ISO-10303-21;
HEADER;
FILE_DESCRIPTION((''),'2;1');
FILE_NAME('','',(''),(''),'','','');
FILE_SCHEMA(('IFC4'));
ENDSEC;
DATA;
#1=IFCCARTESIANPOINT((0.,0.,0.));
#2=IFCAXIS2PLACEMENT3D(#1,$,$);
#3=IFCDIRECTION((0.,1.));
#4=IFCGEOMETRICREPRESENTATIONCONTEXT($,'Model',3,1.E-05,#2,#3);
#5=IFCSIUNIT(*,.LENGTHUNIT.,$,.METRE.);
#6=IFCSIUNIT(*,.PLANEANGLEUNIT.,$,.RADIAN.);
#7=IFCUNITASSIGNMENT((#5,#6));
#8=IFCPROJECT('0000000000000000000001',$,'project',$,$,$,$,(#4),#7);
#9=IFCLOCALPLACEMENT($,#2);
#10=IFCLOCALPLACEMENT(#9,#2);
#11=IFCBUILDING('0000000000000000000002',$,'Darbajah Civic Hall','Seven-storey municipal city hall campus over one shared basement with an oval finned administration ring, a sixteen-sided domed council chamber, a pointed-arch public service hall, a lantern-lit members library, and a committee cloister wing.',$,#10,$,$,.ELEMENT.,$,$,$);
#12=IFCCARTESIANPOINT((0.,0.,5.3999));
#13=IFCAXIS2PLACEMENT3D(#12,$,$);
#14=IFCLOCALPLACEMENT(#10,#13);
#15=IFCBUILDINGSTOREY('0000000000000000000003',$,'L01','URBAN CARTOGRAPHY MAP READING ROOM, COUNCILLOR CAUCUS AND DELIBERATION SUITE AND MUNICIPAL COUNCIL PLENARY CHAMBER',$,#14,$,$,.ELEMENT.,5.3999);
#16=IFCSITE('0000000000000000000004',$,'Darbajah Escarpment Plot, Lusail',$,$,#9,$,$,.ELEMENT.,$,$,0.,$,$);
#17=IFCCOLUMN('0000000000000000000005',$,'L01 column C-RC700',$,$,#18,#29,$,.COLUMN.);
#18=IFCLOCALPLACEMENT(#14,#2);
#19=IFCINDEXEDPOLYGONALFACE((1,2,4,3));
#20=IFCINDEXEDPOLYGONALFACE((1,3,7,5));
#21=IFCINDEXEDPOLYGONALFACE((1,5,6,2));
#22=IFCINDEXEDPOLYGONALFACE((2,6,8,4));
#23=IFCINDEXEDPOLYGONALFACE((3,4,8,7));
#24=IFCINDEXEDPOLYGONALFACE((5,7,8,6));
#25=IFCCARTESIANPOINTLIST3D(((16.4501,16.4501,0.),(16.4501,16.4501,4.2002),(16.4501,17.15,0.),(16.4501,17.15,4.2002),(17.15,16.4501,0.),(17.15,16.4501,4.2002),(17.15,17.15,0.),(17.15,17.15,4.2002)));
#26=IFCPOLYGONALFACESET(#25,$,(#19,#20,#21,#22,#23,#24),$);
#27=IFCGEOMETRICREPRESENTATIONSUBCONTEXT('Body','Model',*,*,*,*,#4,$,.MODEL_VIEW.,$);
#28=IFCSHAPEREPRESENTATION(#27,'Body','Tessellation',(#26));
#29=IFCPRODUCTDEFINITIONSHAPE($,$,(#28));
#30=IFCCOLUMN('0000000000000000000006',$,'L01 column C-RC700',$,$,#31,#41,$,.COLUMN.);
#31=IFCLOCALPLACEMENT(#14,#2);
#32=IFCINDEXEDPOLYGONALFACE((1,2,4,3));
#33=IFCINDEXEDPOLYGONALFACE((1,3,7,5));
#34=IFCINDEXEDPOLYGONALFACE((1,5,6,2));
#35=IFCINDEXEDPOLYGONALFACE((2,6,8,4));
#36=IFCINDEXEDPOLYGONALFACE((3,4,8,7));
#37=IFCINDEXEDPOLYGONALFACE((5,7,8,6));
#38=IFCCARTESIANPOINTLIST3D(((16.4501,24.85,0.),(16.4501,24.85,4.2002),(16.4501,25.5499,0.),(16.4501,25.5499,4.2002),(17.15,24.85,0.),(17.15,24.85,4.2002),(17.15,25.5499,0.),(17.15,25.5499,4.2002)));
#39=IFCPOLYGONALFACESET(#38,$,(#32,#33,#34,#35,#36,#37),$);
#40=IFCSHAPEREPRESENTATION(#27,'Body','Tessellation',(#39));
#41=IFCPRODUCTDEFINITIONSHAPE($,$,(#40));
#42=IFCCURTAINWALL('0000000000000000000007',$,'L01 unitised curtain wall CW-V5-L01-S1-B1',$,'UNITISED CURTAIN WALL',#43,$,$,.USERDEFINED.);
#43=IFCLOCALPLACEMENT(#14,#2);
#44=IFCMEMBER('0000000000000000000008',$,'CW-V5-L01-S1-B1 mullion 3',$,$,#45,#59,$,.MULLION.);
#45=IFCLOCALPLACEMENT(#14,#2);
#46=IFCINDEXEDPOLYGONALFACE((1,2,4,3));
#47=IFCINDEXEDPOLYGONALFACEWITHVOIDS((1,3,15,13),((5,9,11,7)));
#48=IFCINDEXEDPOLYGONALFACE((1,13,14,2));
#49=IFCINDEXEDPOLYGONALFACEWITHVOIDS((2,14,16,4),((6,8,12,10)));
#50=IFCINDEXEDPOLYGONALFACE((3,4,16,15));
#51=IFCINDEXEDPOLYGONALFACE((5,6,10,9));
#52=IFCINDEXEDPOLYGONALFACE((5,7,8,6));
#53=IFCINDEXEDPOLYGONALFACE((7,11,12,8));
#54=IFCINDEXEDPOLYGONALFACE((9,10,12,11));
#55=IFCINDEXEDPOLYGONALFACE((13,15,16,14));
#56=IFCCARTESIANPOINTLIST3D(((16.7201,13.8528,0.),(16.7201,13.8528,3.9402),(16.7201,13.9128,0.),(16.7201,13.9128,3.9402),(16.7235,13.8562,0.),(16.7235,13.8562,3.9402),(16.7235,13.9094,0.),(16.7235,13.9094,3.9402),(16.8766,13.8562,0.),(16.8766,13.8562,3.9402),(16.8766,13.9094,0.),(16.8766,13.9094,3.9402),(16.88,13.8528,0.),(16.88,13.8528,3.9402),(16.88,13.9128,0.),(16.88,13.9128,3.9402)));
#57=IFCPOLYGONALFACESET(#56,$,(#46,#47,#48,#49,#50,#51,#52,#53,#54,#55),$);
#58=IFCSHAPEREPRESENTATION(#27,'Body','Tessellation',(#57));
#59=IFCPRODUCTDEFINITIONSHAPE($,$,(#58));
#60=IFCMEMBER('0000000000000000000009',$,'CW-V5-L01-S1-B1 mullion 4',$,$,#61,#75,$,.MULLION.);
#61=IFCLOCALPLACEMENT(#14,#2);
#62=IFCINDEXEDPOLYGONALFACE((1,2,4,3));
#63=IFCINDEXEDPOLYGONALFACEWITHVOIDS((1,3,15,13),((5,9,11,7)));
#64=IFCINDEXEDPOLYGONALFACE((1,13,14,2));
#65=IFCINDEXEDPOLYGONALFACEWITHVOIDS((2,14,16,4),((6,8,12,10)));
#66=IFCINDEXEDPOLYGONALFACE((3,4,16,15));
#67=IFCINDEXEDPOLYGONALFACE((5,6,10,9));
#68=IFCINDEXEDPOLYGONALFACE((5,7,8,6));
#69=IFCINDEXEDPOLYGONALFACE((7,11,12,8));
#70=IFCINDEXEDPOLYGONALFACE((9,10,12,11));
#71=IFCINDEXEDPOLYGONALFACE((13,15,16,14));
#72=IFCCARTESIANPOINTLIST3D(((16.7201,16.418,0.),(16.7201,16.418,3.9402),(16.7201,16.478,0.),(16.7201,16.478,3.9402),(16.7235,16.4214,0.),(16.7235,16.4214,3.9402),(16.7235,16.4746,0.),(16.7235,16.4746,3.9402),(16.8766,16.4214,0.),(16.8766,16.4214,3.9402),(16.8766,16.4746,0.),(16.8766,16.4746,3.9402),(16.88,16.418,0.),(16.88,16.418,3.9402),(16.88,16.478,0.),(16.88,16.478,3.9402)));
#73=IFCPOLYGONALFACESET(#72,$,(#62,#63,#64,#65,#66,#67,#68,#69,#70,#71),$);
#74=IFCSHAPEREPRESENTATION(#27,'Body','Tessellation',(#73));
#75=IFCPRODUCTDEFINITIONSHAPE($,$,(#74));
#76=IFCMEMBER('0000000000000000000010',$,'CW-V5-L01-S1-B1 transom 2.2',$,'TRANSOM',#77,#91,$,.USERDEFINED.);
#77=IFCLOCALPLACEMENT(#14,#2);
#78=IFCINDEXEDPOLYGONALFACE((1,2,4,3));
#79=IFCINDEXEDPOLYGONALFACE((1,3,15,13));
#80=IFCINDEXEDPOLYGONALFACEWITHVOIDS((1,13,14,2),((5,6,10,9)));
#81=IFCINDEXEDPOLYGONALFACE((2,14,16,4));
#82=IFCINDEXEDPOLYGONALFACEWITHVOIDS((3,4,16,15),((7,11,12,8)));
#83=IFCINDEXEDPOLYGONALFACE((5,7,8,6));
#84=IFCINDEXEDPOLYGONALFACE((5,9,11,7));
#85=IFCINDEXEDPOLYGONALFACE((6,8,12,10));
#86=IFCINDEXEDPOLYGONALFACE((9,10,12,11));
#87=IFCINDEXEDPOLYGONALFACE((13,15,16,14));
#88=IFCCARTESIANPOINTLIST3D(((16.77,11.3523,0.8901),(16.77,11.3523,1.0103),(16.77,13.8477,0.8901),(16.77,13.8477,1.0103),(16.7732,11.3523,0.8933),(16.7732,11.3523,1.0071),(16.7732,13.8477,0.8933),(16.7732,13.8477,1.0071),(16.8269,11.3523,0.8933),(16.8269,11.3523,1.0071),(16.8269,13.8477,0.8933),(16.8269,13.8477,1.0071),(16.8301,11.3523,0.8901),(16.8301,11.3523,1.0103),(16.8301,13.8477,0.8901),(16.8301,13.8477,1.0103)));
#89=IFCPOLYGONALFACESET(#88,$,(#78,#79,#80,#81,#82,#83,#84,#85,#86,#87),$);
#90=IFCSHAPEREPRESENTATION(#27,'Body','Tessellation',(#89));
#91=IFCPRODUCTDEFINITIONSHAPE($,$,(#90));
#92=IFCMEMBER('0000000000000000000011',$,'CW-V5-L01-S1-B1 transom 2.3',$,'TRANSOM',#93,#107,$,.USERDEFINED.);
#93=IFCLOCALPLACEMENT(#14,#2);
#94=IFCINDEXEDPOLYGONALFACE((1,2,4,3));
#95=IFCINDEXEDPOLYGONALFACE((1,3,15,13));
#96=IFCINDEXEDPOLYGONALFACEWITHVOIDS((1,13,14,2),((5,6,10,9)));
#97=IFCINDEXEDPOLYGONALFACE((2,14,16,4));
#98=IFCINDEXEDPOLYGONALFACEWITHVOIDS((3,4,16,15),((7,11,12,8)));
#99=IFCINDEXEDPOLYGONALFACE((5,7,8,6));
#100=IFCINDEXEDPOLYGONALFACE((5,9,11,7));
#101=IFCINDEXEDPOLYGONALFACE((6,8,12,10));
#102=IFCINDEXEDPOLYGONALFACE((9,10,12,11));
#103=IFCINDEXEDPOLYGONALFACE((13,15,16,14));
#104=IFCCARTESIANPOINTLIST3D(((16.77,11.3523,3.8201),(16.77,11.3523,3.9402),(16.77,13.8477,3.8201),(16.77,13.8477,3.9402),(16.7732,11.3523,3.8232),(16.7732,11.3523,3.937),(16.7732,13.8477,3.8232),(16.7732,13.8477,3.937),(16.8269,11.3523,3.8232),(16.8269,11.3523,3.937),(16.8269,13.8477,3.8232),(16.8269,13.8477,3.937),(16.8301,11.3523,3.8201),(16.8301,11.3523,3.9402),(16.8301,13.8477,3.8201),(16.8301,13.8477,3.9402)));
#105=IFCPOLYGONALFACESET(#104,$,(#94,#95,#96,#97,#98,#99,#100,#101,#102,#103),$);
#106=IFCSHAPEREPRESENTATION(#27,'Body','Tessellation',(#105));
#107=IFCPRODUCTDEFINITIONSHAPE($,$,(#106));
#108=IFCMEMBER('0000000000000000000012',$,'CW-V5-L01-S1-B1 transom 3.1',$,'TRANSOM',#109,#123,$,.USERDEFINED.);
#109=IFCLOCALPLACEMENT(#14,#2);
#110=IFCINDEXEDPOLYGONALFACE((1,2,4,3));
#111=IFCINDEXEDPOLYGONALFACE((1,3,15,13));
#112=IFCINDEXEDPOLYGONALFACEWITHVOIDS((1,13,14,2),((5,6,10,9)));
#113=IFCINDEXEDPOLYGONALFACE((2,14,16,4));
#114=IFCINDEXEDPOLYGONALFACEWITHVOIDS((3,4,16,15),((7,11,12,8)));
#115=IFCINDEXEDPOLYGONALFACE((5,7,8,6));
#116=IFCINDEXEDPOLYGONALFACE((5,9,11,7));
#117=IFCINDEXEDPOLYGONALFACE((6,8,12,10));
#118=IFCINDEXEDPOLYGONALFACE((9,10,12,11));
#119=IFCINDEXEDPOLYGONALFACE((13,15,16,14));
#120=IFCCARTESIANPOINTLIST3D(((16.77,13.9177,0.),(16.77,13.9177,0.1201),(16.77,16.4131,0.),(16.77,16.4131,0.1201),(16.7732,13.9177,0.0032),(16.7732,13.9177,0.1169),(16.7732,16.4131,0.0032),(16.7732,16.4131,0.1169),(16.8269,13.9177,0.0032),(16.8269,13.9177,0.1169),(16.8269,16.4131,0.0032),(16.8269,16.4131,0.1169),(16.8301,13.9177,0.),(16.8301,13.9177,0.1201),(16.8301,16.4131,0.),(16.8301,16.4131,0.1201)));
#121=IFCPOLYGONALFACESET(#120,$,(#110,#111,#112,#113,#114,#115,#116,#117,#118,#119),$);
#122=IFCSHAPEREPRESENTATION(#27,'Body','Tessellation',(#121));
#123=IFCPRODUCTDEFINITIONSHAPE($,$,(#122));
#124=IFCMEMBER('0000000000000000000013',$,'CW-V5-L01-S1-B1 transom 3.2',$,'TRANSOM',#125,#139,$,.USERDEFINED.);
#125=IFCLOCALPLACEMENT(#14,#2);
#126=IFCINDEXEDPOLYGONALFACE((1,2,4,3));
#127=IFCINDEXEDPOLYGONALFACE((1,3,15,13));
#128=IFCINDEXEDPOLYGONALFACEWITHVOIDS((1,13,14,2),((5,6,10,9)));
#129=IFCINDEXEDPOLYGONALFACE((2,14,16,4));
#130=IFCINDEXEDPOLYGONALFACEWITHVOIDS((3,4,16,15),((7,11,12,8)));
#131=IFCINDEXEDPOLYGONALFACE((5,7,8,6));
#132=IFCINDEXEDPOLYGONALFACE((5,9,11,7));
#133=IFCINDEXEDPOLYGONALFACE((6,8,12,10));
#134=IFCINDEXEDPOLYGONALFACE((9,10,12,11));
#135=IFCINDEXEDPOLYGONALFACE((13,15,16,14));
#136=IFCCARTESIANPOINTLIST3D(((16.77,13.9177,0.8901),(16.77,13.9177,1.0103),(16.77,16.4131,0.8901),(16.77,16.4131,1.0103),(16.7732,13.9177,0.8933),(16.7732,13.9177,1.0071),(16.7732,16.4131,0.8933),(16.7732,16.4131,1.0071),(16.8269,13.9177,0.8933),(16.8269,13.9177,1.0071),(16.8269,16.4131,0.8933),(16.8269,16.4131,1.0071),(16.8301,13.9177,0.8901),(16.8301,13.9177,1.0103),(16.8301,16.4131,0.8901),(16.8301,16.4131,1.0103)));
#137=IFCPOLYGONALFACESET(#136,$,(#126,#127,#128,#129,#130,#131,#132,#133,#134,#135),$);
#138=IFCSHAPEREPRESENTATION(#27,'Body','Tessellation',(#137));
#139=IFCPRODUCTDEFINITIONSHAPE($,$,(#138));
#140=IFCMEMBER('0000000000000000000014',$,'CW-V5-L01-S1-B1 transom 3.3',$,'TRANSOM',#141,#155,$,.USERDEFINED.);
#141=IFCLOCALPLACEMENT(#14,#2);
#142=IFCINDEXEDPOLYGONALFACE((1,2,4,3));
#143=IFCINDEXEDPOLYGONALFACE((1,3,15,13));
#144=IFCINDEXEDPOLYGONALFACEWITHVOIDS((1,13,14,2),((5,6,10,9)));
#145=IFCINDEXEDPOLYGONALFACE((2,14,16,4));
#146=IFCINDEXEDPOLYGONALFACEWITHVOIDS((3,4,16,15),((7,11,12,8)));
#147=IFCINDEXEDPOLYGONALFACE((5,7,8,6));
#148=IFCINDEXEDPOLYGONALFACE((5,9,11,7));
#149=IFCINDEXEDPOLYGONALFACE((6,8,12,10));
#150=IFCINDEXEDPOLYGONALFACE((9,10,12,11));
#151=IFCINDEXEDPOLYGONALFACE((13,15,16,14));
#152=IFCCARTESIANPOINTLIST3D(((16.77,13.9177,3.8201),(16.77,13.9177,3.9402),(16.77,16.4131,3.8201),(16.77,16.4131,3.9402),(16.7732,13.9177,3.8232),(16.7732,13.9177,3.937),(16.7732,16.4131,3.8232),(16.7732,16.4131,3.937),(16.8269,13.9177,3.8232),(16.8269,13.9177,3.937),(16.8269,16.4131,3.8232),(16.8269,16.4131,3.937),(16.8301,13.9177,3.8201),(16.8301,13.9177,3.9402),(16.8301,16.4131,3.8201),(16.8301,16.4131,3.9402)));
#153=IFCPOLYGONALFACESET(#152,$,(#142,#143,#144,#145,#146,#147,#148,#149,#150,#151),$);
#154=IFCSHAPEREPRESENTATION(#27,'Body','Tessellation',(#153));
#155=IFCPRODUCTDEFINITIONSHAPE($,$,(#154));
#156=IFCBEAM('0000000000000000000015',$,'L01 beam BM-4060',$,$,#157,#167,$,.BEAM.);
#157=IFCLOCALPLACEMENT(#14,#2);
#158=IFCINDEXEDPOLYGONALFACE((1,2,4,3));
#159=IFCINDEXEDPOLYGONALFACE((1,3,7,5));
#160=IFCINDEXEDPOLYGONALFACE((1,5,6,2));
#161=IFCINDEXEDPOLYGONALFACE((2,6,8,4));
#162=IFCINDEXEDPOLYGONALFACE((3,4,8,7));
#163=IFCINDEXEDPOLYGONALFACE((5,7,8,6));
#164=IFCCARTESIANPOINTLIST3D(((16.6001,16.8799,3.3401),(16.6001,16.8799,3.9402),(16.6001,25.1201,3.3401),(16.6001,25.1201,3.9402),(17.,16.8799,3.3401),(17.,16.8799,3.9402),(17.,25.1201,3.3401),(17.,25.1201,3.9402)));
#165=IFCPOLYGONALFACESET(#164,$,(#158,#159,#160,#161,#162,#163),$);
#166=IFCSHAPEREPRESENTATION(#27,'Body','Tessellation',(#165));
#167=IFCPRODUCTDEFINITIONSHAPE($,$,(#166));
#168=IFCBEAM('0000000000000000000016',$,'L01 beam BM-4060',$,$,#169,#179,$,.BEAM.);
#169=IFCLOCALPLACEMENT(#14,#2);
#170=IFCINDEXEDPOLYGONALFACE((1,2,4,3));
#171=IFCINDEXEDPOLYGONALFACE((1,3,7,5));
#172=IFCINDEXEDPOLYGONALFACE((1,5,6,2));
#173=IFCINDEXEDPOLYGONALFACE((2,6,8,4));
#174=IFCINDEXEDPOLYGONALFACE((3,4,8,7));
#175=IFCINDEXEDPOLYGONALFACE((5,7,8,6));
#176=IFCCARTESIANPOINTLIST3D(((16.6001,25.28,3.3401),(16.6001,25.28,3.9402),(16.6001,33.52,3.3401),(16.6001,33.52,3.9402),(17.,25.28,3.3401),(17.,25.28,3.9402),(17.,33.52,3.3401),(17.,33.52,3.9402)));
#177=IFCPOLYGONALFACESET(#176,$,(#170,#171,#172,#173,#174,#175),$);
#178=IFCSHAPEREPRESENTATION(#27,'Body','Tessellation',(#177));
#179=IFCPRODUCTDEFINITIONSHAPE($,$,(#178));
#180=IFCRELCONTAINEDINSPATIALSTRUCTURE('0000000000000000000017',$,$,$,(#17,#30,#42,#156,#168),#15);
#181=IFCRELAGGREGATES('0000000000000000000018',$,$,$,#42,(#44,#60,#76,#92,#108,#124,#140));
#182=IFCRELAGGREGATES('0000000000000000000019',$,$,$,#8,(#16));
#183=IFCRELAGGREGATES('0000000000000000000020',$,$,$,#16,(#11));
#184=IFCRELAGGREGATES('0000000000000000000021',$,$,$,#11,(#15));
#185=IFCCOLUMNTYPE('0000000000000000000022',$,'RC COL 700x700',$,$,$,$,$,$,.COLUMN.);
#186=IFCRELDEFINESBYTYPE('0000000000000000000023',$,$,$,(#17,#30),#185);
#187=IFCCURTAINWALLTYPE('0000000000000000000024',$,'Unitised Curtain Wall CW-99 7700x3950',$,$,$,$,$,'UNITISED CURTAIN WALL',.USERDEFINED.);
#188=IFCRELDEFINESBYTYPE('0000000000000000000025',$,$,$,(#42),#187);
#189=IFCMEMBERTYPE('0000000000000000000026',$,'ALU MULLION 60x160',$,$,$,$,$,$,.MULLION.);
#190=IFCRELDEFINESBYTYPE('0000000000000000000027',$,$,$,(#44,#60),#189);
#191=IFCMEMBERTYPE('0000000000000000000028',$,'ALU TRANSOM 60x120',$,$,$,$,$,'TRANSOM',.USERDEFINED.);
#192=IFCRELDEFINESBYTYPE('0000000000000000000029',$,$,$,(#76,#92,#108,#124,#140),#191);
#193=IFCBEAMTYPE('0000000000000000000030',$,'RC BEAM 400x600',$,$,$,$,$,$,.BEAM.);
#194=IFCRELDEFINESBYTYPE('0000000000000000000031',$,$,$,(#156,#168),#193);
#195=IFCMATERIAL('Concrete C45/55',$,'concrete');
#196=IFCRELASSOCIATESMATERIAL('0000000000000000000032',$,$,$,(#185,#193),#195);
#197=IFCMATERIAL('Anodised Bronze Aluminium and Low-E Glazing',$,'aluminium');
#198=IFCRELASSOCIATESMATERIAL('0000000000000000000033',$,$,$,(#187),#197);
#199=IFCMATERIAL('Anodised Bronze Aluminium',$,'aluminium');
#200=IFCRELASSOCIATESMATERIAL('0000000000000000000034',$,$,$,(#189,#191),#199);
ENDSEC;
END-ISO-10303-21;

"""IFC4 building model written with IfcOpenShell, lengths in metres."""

from ifc_helpers import new_model, si_unit, direction, frame, origin, origin_2d, place, context, subcontext, project, spatial, rectangle, hollow_rectangle, extrude, material, material_profile, profile_set, type_object, element, aggregate, save


model = new_model("IFC4")

# Units and contexts
model_context = context("Model", 3, precision=1e-05, world=origin(), true_north=direction((0.0, 1.0)))
body_context = subcontext(model_context, "Body", "Model", "MODEL_VIEW")
ifc_project = project(units=[si_unit("LENGTHUNIT", "METRE"), si_unit("PLANEANGLEUNIT", "RADIAN")], contexts=[model_context])

# Site, building, storey
site_placement = place(None, origin())
site = spatial("IfcSite", under=ifc_project, at=site_placement, Name="Darbajah Escarpment Plot, Lusail", CompositionType="ELEMENT", RefElevation=0.0)
building_placement = place(site_placement, origin())
building = spatial("IfcBuilding", under=site, at=building_placement, Name="Darbajah Civic Hall", Description="Seven-storey municipal city hall campus over one shared basement with an oval finned administration ring, a sixteen-sided domed council chamber, a pointed-arch public service hall, a lantern-lit members library, and a committee cloister wing.", CompositionType="ELEMENT")
storey_placement = place(building_placement, frame((0.0, 0.0, 5.3999)))
storey = spatial("IfcBuildingStorey", under=building, at=storey_placement, Name="L01", Description="URBAN CARTOGRAPHY MAP READING ROOM, COUNCILLOR CAUCUS AND DELIBERATION SUITE AND MUNICIPAL COUNCIL PLENARY CHAMBER", CompositionType="ELEMENT", Elevation=5.3999)

# Columns
ifc_material_1 = material(Name="Concrete C45/55", Category="concrete")
ifc_material_profile_1 = material_profile(ifc_material_1, rectangle(XDim=0.7, YDim=0.7, at=origin_2d()), Name="RC COL 700x700")
ifc_profile_set_1 = profile_set([ifc_material_profile_1], Name="Concrete C45/55")
column_type = type_object("IfcColumnType", Name="RC COL 700x700", PredefinedType="COLUMN", material=ifc_profile_set_1)
for number, where, z_axis, x_axis, name in (
    (1, (16.8, 16.8, 0.0), (0.0, 0.0, 1.0), (1.0, 0.0, 0.0), "L01 column C-RC700"),
    (2, (16.8, 25.2, 0.0), (0.0, 0.0, 1.0), (1.0, 0.0, 0.0), "L01 column C-RC700"),
):
    element("IfcColumn", number, at=place(storey_placement, frame(where, z_axis=z_axis, x_axis=x_axis)), inside=storey, type_object=column_type, Name=name, PredefinedType="COLUMN", context=body_context, shape_type="SweptSolid", body=[
        extrude(rectangle(XDim=0.7, YDim=0.7, at=origin_2d()), origin(), (0.0, 0.0, 1.0), 4.2002),
    ])

# Curtain wall, members
ifc_material_2 = material(Name="Anodised Bronze Aluminium and Low-E Glazing", Category="aluminium")
curtain_wall_type = type_object("IfcCurtainWallType", Name="Unitised Curtain Wall CW-99 7700x3950", ElementType="UNITISED CURTAIN WALL", PredefinedType="USERDEFINED", material=ifc_material_2)
curtain_wall_placement = place(storey_placement, origin())
curtain_wall = element("IfcCurtainWall", 3, at=curtain_wall_placement, inside=storey, type_object=curtain_wall_type, Name="L01 unitised curtain wall CW-V5-L01-S1-B1", ObjectType="UNITISED CURTAIN WALL", PredefinedType="USERDEFINED")
ifc_material_3 = material(Name="Anodised Bronze Aluminium", Category="aluminium")
ifc_material_profile_2 = material_profile(ifc_material_3, hollow_rectangle(XDim=0.0601, YDim=0.1599, WallThickness=0.0034, at=origin_2d()), Name="ALU MULLION 60x160")
ifc_profile_set_2 = profile_set([ifc_material_profile_2], Name="Anodised Bronze Aluminium")
member_type_1 = type_object("IfcMemberType", Name="ALU MULLION 60x160", PredefinedType="MULLION", material=ifc_profile_set_2)
member_1_placement = place(storey_placement, frame((16.8, 13.8828, 0.0), z_axis=(0.0, 0.0, 1.0), x_axis=(0.0, 1.0, 0.0)))
member_1 = element("IfcMember", 4, at=member_1_placement, type_object=member_type_1, Name="CW-V5-L01-S1-B1 mullion 3", PredefinedType="MULLION", context=body_context, shape_type="SweptSolid", body=[
    extrude(hollow_rectangle(XDim=0.0601, YDim=0.1599, WallThickness=0.0034, at=origin_2d()), origin(), (0.0, 0.0, 1.0), 3.9402),
])
member_2_placement = place(storey_placement, frame((16.8, 16.448, 0.0), z_axis=(0.0, 0.0, 1.0), x_axis=(0.0, 1.0, 0.0)))
member_2 = element("IfcMember", 5, at=member_2_placement, type_object=member_type_1, Name="CW-V5-L01-S1-B1 mullion 4", PredefinedType="MULLION", context=body_context, shape_type="SweptSolid", body=[
    extrude(hollow_rectangle(XDim=0.0601, YDim=0.1599, WallThickness=0.0034, at=origin_2d()), origin(), (0.0, 0.0, 1.0), 3.9402),
])
ifc_material_profile_3 = material_profile(ifc_material_3, hollow_rectangle(XDim=0.0601, YDim=0.1201, WallThickness=0.0032, at=origin_2d()), Name="ALU TRANSOM 60x120")
ifc_profile_set_3 = profile_set([ifc_material_profile_3], Name="Anodised Bronze Aluminium")
member_type_2 = type_object("IfcMemberType", Name="ALU TRANSOM 60x120", ElementType="TRANSOM", PredefinedType="USERDEFINED", material=ifc_profile_set_3)
member_3_placement = place(storey_placement, frame((16.8, 11.3523, 0.9502), z_axis=(0.0, 1.0, 0.0), x_axis=(-1.0, 0.0, 0.0)))
member_3 = element("IfcMember", 6, at=member_3_placement, type_object=member_type_2, Name="CW-V5-L01-S1-B1 transom 2.2", ObjectType="TRANSOM", PredefinedType="USERDEFINED", context=body_context, shape_type="SweptSolid", body=[
    extrude(hollow_rectangle(XDim=0.0601, YDim=0.1201, WallThickness=0.0032, at=origin_2d()), origin(), (0.0, 0.0, 1.0), 2.4954),
])
member_4_placement = place(storey_placement, frame((16.8, 11.3523, 3.8801), z_axis=(0.0, 1.0, 0.0), x_axis=(-1.0, 0.0, 0.0)))
member_4 = element("IfcMember", 7, at=member_4_placement, type_object=member_type_2, Name="CW-V5-L01-S1-B1 transom 2.3", ObjectType="TRANSOM", PredefinedType="USERDEFINED", context=body_context, shape_type="SweptSolid", body=[
    extrude(hollow_rectangle(XDim=0.0601, YDim=0.1201, WallThickness=0.0032, at=origin_2d()), origin(), (0.0, 0.0, 1.0), 2.4954),
])
member_5_placement = place(storey_placement, frame((16.8, 13.9177, 0.0601), z_axis=(0.0, 1.0, 0.0), x_axis=(-1.0, 0.0, 0.0)))
member_5 = element("IfcMember", 8, at=member_5_placement, type_object=member_type_2, Name="CW-V5-L01-S1-B1 transom 3.1", ObjectType="TRANSOM", PredefinedType="USERDEFINED", context=body_context, shape_type="SweptSolid", body=[
    extrude(hollow_rectangle(XDim=0.0601, YDim=0.1201, WallThickness=0.0032, at=origin_2d()), origin(), (0.0, 0.0, 1.0), 2.4954),
])
member_6_placement = place(storey_placement, frame((16.8, 13.9177, 0.9502), z_axis=(0.0, 1.0, 0.0), x_axis=(-1.0, 0.0, 0.0)))
member_6 = element("IfcMember", 9, at=member_6_placement, type_object=member_type_2, Name="CW-V5-L01-S1-B1 transom 3.2", ObjectType="TRANSOM", PredefinedType="USERDEFINED", context=body_context, shape_type="SweptSolid", body=[
    extrude(hollow_rectangle(XDim=0.0601, YDim=0.1201, WallThickness=0.0032, at=origin_2d()), origin(), (0.0, 0.0, 1.0), 2.4954),
])
member_7_placement = place(storey_placement, frame((16.8, 13.9177, 3.8801), z_axis=(0.0, 1.0, 0.0), x_axis=(-1.0, 0.0, 0.0)))
member_7 = element("IfcMember", 10, at=member_7_placement, type_object=member_type_2, Name="CW-V5-L01-S1-B1 transom 3.3", ObjectType="TRANSOM", PredefinedType="USERDEFINED", context=body_context, shape_type="SweptSolid", body=[
    extrude(hollow_rectangle(XDim=0.0601, YDim=0.1201, WallThickness=0.0032, at=origin_2d()), origin(), (0.0, 0.0, 1.0), 2.4954),
])

# Beams
ifc_material_profile_4 = material_profile(ifc_material_1, rectangle(XDim=0.3999, YDim=0.6001, at=origin_2d()), Name="RC BEAM 400x600")
ifc_profile_set_4 = profile_set([ifc_material_profile_4], Name="Concrete C45/55")
beam_type_1 = type_object("IfcBeamType", Name="RC BEAM 400x600", PredefinedType="BEAM", material=ifc_profile_set_4)
beam_1_placement = place(storey_placement, frame((16.8, 16.8799, 3.6401), z_axis=(0.0, 1.0, 0.0), x_axis=(-1.0, 0.0, 0.0)))
element("IfcBeam", 11, at=beam_1_placement, inside=storey, type_object=beam_type_1, Name="L01 beam BM-4060", PredefinedType="BEAM", context=body_context, shape_type="SweptSolid", body=[
    extrude(rectangle(XDim=0.3999, YDim=0.6001, at=origin_2d()), origin(), (0.0, 0.0, 1.0), 8.2402),
])
beam_2_placement = place(storey_placement, frame((16.8, 25.28, 3.6401), z_axis=(0.0, 1.0, 0.0), x_axis=(-1.0, 0.0, 0.0)))
element("IfcBeam", 12, at=beam_2_placement, inside=storey, type_object=beam_type_1, Name="L01 beam BM-4060", PredefinedType="BEAM", context=body_context, shape_type="SweptSolid", body=[
    extrude(rectangle(XDim=0.3999, YDim=0.6001, at=origin_2d()), origin(), (0.0, 0.0, 1.0), 8.24),
])

aggregate(curtain_wall, [member_1, member_2, member_3, member_4, member_5, member_6, member_7])

save(model, "model.ifc")
